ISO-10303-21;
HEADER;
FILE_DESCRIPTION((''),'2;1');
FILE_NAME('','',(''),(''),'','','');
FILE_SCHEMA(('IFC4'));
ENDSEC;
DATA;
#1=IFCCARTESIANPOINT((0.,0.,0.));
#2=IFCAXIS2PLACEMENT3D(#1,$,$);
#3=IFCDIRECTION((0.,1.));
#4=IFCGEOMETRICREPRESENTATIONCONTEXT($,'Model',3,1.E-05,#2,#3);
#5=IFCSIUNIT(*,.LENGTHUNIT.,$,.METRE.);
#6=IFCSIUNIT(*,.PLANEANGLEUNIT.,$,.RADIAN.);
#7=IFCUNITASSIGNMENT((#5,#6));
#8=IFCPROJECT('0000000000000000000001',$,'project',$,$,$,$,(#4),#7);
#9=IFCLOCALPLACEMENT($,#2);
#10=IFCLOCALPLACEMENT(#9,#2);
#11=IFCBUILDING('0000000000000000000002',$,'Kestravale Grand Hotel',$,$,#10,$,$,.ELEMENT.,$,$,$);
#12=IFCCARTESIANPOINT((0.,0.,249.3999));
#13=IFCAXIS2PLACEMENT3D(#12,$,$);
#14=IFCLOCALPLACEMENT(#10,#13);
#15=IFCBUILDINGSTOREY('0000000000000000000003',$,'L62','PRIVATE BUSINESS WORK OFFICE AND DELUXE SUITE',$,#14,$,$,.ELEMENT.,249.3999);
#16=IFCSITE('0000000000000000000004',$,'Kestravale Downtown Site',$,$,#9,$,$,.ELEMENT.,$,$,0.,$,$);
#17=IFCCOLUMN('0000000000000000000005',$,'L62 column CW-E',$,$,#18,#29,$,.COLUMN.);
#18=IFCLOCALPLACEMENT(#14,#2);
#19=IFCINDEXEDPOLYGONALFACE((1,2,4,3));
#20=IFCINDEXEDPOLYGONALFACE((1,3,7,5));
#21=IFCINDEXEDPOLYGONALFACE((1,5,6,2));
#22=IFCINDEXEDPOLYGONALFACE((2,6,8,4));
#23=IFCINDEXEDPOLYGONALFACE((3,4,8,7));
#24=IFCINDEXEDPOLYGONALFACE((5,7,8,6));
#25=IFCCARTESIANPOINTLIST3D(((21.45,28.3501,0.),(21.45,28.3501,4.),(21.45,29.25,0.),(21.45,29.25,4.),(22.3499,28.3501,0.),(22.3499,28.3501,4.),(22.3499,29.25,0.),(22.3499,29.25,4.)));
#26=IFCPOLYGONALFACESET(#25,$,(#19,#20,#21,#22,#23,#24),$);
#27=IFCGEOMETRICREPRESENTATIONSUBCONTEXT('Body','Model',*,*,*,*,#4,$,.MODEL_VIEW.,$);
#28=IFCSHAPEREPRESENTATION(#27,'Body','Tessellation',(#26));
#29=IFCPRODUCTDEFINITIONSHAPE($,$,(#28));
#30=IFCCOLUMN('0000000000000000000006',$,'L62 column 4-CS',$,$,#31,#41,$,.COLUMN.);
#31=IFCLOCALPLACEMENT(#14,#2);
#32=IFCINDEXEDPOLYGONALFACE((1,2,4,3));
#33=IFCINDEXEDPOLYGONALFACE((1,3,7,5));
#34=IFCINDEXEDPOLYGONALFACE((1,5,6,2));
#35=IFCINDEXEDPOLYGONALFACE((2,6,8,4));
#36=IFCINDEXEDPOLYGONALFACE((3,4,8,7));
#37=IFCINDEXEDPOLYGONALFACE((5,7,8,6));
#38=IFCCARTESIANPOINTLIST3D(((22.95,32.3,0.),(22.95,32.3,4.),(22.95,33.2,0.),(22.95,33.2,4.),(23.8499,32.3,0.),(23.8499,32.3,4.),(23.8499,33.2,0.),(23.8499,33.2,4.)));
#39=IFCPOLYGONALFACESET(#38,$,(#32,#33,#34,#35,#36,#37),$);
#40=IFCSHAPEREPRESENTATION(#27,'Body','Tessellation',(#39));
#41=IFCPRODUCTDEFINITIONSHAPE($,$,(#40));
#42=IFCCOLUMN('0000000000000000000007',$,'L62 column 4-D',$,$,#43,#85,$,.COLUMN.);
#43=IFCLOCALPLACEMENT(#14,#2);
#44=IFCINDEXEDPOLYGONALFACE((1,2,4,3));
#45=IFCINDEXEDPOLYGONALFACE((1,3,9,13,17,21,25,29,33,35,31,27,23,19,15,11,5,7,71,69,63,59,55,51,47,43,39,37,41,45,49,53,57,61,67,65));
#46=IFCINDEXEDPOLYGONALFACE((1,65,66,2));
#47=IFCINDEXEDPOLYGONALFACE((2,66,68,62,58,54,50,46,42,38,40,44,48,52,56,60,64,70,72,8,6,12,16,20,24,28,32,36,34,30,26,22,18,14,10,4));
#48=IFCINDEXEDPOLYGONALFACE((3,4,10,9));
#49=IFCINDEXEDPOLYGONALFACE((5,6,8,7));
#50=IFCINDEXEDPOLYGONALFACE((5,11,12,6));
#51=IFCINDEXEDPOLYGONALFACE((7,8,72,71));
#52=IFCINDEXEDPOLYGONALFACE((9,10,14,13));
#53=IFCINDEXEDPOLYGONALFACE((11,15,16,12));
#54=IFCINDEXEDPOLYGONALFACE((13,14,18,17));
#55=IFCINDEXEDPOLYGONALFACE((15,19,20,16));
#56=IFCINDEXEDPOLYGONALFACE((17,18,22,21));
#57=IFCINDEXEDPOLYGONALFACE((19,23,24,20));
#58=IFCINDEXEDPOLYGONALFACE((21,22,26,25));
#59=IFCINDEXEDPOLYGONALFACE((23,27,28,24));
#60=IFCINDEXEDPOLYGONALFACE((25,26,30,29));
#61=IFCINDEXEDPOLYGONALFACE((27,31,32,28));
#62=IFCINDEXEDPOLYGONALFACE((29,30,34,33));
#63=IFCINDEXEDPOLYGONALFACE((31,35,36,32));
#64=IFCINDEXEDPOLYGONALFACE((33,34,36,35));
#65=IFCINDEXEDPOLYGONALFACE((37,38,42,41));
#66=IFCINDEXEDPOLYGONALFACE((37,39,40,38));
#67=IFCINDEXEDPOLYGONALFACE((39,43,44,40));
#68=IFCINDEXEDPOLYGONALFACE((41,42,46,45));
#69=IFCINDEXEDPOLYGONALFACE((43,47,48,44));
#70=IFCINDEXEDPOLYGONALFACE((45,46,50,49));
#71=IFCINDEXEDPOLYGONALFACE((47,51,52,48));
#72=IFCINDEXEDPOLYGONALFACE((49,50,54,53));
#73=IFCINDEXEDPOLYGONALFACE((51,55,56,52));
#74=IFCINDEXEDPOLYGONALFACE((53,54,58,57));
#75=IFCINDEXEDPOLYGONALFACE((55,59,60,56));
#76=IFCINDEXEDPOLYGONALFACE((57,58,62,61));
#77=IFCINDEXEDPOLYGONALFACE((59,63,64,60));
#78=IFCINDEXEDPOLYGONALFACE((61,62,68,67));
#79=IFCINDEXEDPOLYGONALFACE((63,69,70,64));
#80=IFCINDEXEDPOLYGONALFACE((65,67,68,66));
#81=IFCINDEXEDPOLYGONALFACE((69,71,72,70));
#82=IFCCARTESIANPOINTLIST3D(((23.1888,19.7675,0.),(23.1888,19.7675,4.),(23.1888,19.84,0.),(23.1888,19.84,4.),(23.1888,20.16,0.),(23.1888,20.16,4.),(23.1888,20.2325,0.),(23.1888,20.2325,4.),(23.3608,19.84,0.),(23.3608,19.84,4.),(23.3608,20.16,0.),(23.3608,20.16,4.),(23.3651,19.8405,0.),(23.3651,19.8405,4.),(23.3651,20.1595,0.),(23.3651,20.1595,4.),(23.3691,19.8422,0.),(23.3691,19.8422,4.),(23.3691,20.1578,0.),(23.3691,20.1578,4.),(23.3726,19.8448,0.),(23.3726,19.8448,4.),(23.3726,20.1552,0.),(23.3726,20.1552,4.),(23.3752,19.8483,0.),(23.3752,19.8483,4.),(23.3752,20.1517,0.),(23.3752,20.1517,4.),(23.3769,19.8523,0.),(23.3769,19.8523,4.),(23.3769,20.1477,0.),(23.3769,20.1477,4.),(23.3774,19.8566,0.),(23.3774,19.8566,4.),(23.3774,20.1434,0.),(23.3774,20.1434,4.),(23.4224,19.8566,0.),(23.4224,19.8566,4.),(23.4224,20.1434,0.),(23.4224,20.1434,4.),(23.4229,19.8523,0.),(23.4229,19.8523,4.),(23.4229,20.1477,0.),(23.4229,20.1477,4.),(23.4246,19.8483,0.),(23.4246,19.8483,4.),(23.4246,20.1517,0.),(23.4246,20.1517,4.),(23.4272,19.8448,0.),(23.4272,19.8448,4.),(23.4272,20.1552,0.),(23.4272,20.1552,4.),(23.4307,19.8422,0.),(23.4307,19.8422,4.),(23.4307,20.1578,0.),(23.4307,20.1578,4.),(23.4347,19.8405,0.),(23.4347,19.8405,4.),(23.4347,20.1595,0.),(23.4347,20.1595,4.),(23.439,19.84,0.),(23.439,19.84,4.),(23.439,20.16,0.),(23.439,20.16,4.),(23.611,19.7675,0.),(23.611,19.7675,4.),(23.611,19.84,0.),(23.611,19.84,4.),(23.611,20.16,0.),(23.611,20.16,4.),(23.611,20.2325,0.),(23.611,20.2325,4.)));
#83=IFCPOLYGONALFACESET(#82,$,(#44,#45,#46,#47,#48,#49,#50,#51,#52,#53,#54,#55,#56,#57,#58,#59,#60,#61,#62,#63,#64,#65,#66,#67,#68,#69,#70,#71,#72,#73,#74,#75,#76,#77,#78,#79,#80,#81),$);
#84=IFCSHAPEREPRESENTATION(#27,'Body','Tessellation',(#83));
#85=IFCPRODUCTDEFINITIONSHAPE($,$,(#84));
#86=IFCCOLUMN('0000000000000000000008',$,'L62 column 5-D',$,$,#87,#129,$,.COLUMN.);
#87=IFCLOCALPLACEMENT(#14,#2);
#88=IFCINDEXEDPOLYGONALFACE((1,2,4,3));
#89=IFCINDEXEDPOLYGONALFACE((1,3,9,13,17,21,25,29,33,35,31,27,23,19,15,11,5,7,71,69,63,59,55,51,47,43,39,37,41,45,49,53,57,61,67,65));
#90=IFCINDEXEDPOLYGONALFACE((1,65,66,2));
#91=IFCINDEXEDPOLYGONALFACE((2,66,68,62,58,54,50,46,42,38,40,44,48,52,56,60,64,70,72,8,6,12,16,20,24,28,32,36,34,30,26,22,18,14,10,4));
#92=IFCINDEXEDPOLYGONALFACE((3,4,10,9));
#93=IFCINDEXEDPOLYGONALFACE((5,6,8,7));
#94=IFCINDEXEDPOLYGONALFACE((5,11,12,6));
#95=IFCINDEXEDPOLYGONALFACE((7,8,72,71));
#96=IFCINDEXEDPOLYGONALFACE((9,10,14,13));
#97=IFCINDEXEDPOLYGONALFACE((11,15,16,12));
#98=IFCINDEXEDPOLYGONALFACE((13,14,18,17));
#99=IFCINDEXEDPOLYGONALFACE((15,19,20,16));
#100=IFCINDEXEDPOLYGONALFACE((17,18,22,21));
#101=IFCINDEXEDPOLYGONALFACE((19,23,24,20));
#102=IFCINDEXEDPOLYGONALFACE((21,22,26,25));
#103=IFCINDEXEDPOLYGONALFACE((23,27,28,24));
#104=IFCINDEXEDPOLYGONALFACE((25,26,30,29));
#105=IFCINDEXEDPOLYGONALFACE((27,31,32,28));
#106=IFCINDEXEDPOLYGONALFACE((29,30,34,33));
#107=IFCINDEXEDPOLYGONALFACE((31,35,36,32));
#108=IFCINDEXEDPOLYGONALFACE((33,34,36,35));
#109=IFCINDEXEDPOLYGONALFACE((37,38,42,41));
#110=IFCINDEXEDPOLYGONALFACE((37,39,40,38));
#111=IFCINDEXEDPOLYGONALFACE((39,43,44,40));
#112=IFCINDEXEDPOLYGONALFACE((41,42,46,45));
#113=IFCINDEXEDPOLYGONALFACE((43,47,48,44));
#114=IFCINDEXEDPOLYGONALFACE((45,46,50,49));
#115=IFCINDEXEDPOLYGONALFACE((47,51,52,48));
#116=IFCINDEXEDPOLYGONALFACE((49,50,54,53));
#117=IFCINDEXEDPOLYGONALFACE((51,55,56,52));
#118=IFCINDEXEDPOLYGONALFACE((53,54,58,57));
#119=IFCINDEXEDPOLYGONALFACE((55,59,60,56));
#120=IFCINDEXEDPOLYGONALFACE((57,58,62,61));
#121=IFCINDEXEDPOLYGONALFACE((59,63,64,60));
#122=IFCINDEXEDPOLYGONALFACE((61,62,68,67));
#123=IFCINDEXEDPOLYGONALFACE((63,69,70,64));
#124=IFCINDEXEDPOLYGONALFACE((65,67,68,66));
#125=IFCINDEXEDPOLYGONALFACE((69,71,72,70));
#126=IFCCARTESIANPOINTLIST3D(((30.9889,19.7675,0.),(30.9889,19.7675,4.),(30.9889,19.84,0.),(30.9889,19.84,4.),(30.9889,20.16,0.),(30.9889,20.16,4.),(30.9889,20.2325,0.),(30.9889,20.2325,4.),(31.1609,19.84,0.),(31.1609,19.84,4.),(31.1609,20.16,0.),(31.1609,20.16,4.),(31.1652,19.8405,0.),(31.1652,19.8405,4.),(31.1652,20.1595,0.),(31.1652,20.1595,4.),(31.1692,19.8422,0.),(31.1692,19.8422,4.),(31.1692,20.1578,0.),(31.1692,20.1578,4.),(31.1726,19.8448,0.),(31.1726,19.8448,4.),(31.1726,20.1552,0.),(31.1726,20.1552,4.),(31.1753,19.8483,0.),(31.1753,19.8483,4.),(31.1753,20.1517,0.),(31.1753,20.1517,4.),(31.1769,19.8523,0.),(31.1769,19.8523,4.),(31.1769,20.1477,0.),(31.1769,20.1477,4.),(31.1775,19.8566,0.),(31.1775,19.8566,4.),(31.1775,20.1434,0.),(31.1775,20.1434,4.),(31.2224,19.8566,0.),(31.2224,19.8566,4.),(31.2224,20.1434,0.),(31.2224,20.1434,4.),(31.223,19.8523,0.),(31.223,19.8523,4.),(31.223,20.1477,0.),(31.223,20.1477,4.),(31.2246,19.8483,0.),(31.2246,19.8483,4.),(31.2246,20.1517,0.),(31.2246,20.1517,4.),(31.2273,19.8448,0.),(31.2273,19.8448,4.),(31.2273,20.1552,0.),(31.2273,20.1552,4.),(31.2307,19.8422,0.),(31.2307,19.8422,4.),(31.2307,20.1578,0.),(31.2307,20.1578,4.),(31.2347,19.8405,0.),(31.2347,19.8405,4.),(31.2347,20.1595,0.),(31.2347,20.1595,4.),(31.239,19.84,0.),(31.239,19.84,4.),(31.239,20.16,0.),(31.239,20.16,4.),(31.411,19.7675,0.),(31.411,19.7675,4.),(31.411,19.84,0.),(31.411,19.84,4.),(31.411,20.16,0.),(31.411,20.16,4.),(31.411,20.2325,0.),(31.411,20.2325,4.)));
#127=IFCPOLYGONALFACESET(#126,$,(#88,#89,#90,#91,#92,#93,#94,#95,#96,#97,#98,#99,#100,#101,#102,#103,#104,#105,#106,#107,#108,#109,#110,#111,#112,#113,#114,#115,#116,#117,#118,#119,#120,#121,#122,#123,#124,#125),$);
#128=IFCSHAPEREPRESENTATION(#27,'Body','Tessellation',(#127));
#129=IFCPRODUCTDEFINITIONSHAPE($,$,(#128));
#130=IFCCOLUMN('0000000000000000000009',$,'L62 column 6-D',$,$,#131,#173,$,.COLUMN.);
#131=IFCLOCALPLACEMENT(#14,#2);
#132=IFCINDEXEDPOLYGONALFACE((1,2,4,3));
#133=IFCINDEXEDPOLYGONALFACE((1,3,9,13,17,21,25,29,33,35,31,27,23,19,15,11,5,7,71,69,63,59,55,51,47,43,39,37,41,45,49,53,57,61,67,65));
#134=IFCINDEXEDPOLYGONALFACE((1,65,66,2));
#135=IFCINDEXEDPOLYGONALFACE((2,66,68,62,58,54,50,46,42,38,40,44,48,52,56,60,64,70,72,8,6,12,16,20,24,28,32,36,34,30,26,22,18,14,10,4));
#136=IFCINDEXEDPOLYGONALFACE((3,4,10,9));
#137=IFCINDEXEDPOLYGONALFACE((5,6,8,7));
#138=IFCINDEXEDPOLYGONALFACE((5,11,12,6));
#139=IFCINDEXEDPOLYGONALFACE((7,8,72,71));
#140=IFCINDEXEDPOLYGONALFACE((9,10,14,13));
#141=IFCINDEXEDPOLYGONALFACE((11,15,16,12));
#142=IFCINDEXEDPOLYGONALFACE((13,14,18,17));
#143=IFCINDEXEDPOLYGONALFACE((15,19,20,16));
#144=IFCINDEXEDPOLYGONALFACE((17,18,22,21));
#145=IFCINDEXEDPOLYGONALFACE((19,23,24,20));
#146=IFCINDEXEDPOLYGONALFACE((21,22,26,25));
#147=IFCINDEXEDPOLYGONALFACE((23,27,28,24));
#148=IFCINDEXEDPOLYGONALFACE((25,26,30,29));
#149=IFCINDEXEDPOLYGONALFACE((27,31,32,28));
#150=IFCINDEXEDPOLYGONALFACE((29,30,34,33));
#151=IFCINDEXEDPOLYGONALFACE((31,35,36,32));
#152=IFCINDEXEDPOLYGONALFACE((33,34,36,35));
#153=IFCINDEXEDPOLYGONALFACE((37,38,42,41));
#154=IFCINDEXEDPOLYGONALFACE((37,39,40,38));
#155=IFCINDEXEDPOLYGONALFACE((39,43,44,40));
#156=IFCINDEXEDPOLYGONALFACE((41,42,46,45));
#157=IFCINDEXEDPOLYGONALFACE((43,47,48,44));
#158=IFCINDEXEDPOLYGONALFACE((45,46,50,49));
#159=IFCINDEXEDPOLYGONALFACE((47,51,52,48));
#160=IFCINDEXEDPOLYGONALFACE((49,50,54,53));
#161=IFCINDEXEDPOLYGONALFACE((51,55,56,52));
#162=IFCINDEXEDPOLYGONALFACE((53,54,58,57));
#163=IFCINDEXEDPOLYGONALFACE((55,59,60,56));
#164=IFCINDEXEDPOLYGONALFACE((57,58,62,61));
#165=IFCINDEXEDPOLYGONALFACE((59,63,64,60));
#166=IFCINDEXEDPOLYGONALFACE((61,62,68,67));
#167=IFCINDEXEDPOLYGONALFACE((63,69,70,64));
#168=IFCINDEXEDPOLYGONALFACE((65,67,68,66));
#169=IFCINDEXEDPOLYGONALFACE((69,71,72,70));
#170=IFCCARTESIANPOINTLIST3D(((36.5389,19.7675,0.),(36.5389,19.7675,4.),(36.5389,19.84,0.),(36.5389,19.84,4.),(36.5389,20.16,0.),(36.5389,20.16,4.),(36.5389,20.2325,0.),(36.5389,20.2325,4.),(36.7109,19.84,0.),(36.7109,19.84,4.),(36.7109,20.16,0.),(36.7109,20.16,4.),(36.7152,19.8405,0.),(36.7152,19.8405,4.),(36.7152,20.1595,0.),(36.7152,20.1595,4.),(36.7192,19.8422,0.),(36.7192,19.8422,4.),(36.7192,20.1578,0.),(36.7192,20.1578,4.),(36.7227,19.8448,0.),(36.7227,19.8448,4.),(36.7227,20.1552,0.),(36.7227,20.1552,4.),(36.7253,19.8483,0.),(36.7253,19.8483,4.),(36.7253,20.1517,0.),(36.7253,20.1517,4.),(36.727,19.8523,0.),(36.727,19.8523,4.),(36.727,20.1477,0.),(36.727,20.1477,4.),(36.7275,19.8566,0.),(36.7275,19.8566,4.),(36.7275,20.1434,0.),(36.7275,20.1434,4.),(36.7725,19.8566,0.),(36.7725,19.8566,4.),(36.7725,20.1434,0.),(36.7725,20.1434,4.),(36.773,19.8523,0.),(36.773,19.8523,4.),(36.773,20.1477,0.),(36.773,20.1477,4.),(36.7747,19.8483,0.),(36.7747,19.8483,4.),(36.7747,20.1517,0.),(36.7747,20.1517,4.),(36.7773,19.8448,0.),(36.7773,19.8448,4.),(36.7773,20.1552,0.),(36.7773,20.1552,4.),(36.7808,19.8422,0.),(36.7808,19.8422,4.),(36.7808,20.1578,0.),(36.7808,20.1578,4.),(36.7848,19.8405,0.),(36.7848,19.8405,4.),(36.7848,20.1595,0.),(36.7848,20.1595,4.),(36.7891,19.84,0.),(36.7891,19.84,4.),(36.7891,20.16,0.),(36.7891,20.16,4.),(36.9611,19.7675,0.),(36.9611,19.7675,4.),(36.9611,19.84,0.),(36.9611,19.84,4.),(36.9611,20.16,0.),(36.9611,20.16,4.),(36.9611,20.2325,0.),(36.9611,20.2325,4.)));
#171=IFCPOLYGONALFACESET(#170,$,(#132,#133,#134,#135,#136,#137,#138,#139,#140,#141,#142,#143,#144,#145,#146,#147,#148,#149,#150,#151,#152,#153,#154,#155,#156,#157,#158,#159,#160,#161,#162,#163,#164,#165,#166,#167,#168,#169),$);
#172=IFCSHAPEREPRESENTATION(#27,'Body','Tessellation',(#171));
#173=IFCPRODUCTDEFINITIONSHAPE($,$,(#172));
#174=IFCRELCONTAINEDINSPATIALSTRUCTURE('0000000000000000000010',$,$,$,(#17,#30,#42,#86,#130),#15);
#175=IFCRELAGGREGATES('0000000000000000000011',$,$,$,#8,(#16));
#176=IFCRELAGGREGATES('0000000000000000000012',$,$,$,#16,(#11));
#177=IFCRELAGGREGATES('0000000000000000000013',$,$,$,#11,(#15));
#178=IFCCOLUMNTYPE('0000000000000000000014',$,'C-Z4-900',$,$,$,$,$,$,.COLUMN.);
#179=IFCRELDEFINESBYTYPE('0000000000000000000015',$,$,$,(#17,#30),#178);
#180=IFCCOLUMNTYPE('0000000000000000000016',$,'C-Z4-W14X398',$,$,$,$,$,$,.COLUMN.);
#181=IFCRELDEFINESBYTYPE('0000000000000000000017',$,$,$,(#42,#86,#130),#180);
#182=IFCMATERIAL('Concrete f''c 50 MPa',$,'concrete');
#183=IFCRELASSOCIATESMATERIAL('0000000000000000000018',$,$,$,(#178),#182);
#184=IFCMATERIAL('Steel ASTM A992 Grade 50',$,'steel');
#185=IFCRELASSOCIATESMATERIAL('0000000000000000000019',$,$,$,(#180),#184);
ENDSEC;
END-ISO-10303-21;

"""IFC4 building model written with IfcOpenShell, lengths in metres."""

from ifc_helpers import new_model, si_unit, direction, frame, origin, origin_2d, place, context, subcontext, project, spatial, rectangle, i_section, extrude, material, material_profile, profile_set, type_object, element, save


model = new_model("IFC4")

# Units and contexts
model_context = context("Model", 3, precision=1e-05, world=origin(), true_north=direction((0.0, 1.0)))
body_context = subcontext(model_context, "Body", "Model", "MODEL_VIEW")
ifc_project = project(units=[si_unit("LENGTHUNIT", "METRE"), si_unit("PLANEANGLEUNIT", "RADIAN")], contexts=[model_context])

# Site, building, storey
site_placement = place(None, origin())
site = spatial("IfcSite", under=ifc_project, at=site_placement, Name="Kestravale Downtown Site", CompositionType="ELEMENT", RefElevation=0.0)
building_placement = place(site_placement, origin())
building = spatial("IfcBuilding", under=site, at=building_placement, Name="Kestravale Grand Hotel", CompositionType="ELEMENT")
storey_placement = place(building_placement, frame((0.0, 0.0, 249.3999)))
storey = spatial("IfcBuildingStorey", under=building, at=storey_placement, Name="L62", Description="PRIVATE BUSINESS WORK OFFICE AND DELUXE SUITE", CompositionType="ELEMENT", Elevation=249.3999)

# Columns
ifc_material_1 = material(Name="Concrete f'c 50 MPa", Category="concrete")
ifc_material_profile_1 = material_profile(ifc_material_1, rectangle(XDim=0.8999, YDim=0.8999, at=origin_2d()))
ifc_profile_set_1 = profile_set([ifc_material_profile_1], Name="Concrete f'c 50 MPa")
column_type_1 = type_object("IfcColumnType", Name="C-Z4-900", PredefinedType="COLUMN", material=ifc_profile_set_1)
for number, where, z_axis, x_axis, name in (
    (1, (21.8999, 28.8, 0.0), (0.0, 0.0, 1.0), (1.0, 0.0, 0.0), "L62 column CW-E"),
    (2, (23.3999, 32.75, 0.0), (0.0, 0.0, 1.0), (1.0, 0.0, 0.0), "L62 column 4-CS"),
):
    element("IfcColumn", number, at=place(storey_placement, frame(where, z_axis=z_axis, x_axis=x_axis)), inside=storey, type_object=column_type_1, Name=name, PredefinedType="COLUMN", context=body_context, shape_type="SweptSolid", body=[
        extrude(rectangle(XDim=0.8999, YDim=0.8999, at=origin_2d()), origin(), (0.0, 0.0, 1.0), 4.0),
    ])
ifc_material_2 = material(Name="Steel ASTM A992 Grade 50", Category="steel")
ifc_material_profile_2 = material_profile(ifc_material_2, i_section(OverallWidth=0.4221, OverallDepth=0.4651, WebThickness=0.0449, FlangeThickness=0.0725, FilletRadius=0.0166, at=origin_2d()))
ifc_profile_set_2 = profile_set([ifc_material_profile_2], Name="Steel ASTM A992 Grade 50")
column_type_2 = type_object("IfcColumnType", Name="C-Z4-W14X398", PredefinedType="COLUMN", material=ifc_profile_set_2)
for number, where, z_axis, x_axis, name in (
    (3, (23.3999, 20.0, 0.0), (0.0, 0.0, 1.0), (1.0, 0.0, 0.0), "L62 column 4-D"),
    (4, (31.2, 20.0, 0.0), (0.0, 0.0, 1.0), (1.0, 0.0, 0.0), "L62 column 5-D"),
    (5, (36.75, 20.0, 0.0), (0.0, 0.0, 1.0), (1.0, 0.0, 0.0), "L62 column 6-D"),
):
    element("IfcColumn", number, at=place(storey_placement, frame(where, z_axis=z_axis, x_axis=x_axis)), inside=storey, type_object=column_type_2, Name=name, PredefinedType="COLUMN", context=body_context, shape_type="SweptSolid", body=[
        extrude(i_section(OverallWidth=0.4221, OverallDepth=0.4651, WebThickness=0.0449, FlangeThickness=0.0725, FilletRadius=0.0166, at=origin_2d()), origin(), (0.0, 0.0, 1.0), 4.0),
    ])

save(model, "model.ifc")
